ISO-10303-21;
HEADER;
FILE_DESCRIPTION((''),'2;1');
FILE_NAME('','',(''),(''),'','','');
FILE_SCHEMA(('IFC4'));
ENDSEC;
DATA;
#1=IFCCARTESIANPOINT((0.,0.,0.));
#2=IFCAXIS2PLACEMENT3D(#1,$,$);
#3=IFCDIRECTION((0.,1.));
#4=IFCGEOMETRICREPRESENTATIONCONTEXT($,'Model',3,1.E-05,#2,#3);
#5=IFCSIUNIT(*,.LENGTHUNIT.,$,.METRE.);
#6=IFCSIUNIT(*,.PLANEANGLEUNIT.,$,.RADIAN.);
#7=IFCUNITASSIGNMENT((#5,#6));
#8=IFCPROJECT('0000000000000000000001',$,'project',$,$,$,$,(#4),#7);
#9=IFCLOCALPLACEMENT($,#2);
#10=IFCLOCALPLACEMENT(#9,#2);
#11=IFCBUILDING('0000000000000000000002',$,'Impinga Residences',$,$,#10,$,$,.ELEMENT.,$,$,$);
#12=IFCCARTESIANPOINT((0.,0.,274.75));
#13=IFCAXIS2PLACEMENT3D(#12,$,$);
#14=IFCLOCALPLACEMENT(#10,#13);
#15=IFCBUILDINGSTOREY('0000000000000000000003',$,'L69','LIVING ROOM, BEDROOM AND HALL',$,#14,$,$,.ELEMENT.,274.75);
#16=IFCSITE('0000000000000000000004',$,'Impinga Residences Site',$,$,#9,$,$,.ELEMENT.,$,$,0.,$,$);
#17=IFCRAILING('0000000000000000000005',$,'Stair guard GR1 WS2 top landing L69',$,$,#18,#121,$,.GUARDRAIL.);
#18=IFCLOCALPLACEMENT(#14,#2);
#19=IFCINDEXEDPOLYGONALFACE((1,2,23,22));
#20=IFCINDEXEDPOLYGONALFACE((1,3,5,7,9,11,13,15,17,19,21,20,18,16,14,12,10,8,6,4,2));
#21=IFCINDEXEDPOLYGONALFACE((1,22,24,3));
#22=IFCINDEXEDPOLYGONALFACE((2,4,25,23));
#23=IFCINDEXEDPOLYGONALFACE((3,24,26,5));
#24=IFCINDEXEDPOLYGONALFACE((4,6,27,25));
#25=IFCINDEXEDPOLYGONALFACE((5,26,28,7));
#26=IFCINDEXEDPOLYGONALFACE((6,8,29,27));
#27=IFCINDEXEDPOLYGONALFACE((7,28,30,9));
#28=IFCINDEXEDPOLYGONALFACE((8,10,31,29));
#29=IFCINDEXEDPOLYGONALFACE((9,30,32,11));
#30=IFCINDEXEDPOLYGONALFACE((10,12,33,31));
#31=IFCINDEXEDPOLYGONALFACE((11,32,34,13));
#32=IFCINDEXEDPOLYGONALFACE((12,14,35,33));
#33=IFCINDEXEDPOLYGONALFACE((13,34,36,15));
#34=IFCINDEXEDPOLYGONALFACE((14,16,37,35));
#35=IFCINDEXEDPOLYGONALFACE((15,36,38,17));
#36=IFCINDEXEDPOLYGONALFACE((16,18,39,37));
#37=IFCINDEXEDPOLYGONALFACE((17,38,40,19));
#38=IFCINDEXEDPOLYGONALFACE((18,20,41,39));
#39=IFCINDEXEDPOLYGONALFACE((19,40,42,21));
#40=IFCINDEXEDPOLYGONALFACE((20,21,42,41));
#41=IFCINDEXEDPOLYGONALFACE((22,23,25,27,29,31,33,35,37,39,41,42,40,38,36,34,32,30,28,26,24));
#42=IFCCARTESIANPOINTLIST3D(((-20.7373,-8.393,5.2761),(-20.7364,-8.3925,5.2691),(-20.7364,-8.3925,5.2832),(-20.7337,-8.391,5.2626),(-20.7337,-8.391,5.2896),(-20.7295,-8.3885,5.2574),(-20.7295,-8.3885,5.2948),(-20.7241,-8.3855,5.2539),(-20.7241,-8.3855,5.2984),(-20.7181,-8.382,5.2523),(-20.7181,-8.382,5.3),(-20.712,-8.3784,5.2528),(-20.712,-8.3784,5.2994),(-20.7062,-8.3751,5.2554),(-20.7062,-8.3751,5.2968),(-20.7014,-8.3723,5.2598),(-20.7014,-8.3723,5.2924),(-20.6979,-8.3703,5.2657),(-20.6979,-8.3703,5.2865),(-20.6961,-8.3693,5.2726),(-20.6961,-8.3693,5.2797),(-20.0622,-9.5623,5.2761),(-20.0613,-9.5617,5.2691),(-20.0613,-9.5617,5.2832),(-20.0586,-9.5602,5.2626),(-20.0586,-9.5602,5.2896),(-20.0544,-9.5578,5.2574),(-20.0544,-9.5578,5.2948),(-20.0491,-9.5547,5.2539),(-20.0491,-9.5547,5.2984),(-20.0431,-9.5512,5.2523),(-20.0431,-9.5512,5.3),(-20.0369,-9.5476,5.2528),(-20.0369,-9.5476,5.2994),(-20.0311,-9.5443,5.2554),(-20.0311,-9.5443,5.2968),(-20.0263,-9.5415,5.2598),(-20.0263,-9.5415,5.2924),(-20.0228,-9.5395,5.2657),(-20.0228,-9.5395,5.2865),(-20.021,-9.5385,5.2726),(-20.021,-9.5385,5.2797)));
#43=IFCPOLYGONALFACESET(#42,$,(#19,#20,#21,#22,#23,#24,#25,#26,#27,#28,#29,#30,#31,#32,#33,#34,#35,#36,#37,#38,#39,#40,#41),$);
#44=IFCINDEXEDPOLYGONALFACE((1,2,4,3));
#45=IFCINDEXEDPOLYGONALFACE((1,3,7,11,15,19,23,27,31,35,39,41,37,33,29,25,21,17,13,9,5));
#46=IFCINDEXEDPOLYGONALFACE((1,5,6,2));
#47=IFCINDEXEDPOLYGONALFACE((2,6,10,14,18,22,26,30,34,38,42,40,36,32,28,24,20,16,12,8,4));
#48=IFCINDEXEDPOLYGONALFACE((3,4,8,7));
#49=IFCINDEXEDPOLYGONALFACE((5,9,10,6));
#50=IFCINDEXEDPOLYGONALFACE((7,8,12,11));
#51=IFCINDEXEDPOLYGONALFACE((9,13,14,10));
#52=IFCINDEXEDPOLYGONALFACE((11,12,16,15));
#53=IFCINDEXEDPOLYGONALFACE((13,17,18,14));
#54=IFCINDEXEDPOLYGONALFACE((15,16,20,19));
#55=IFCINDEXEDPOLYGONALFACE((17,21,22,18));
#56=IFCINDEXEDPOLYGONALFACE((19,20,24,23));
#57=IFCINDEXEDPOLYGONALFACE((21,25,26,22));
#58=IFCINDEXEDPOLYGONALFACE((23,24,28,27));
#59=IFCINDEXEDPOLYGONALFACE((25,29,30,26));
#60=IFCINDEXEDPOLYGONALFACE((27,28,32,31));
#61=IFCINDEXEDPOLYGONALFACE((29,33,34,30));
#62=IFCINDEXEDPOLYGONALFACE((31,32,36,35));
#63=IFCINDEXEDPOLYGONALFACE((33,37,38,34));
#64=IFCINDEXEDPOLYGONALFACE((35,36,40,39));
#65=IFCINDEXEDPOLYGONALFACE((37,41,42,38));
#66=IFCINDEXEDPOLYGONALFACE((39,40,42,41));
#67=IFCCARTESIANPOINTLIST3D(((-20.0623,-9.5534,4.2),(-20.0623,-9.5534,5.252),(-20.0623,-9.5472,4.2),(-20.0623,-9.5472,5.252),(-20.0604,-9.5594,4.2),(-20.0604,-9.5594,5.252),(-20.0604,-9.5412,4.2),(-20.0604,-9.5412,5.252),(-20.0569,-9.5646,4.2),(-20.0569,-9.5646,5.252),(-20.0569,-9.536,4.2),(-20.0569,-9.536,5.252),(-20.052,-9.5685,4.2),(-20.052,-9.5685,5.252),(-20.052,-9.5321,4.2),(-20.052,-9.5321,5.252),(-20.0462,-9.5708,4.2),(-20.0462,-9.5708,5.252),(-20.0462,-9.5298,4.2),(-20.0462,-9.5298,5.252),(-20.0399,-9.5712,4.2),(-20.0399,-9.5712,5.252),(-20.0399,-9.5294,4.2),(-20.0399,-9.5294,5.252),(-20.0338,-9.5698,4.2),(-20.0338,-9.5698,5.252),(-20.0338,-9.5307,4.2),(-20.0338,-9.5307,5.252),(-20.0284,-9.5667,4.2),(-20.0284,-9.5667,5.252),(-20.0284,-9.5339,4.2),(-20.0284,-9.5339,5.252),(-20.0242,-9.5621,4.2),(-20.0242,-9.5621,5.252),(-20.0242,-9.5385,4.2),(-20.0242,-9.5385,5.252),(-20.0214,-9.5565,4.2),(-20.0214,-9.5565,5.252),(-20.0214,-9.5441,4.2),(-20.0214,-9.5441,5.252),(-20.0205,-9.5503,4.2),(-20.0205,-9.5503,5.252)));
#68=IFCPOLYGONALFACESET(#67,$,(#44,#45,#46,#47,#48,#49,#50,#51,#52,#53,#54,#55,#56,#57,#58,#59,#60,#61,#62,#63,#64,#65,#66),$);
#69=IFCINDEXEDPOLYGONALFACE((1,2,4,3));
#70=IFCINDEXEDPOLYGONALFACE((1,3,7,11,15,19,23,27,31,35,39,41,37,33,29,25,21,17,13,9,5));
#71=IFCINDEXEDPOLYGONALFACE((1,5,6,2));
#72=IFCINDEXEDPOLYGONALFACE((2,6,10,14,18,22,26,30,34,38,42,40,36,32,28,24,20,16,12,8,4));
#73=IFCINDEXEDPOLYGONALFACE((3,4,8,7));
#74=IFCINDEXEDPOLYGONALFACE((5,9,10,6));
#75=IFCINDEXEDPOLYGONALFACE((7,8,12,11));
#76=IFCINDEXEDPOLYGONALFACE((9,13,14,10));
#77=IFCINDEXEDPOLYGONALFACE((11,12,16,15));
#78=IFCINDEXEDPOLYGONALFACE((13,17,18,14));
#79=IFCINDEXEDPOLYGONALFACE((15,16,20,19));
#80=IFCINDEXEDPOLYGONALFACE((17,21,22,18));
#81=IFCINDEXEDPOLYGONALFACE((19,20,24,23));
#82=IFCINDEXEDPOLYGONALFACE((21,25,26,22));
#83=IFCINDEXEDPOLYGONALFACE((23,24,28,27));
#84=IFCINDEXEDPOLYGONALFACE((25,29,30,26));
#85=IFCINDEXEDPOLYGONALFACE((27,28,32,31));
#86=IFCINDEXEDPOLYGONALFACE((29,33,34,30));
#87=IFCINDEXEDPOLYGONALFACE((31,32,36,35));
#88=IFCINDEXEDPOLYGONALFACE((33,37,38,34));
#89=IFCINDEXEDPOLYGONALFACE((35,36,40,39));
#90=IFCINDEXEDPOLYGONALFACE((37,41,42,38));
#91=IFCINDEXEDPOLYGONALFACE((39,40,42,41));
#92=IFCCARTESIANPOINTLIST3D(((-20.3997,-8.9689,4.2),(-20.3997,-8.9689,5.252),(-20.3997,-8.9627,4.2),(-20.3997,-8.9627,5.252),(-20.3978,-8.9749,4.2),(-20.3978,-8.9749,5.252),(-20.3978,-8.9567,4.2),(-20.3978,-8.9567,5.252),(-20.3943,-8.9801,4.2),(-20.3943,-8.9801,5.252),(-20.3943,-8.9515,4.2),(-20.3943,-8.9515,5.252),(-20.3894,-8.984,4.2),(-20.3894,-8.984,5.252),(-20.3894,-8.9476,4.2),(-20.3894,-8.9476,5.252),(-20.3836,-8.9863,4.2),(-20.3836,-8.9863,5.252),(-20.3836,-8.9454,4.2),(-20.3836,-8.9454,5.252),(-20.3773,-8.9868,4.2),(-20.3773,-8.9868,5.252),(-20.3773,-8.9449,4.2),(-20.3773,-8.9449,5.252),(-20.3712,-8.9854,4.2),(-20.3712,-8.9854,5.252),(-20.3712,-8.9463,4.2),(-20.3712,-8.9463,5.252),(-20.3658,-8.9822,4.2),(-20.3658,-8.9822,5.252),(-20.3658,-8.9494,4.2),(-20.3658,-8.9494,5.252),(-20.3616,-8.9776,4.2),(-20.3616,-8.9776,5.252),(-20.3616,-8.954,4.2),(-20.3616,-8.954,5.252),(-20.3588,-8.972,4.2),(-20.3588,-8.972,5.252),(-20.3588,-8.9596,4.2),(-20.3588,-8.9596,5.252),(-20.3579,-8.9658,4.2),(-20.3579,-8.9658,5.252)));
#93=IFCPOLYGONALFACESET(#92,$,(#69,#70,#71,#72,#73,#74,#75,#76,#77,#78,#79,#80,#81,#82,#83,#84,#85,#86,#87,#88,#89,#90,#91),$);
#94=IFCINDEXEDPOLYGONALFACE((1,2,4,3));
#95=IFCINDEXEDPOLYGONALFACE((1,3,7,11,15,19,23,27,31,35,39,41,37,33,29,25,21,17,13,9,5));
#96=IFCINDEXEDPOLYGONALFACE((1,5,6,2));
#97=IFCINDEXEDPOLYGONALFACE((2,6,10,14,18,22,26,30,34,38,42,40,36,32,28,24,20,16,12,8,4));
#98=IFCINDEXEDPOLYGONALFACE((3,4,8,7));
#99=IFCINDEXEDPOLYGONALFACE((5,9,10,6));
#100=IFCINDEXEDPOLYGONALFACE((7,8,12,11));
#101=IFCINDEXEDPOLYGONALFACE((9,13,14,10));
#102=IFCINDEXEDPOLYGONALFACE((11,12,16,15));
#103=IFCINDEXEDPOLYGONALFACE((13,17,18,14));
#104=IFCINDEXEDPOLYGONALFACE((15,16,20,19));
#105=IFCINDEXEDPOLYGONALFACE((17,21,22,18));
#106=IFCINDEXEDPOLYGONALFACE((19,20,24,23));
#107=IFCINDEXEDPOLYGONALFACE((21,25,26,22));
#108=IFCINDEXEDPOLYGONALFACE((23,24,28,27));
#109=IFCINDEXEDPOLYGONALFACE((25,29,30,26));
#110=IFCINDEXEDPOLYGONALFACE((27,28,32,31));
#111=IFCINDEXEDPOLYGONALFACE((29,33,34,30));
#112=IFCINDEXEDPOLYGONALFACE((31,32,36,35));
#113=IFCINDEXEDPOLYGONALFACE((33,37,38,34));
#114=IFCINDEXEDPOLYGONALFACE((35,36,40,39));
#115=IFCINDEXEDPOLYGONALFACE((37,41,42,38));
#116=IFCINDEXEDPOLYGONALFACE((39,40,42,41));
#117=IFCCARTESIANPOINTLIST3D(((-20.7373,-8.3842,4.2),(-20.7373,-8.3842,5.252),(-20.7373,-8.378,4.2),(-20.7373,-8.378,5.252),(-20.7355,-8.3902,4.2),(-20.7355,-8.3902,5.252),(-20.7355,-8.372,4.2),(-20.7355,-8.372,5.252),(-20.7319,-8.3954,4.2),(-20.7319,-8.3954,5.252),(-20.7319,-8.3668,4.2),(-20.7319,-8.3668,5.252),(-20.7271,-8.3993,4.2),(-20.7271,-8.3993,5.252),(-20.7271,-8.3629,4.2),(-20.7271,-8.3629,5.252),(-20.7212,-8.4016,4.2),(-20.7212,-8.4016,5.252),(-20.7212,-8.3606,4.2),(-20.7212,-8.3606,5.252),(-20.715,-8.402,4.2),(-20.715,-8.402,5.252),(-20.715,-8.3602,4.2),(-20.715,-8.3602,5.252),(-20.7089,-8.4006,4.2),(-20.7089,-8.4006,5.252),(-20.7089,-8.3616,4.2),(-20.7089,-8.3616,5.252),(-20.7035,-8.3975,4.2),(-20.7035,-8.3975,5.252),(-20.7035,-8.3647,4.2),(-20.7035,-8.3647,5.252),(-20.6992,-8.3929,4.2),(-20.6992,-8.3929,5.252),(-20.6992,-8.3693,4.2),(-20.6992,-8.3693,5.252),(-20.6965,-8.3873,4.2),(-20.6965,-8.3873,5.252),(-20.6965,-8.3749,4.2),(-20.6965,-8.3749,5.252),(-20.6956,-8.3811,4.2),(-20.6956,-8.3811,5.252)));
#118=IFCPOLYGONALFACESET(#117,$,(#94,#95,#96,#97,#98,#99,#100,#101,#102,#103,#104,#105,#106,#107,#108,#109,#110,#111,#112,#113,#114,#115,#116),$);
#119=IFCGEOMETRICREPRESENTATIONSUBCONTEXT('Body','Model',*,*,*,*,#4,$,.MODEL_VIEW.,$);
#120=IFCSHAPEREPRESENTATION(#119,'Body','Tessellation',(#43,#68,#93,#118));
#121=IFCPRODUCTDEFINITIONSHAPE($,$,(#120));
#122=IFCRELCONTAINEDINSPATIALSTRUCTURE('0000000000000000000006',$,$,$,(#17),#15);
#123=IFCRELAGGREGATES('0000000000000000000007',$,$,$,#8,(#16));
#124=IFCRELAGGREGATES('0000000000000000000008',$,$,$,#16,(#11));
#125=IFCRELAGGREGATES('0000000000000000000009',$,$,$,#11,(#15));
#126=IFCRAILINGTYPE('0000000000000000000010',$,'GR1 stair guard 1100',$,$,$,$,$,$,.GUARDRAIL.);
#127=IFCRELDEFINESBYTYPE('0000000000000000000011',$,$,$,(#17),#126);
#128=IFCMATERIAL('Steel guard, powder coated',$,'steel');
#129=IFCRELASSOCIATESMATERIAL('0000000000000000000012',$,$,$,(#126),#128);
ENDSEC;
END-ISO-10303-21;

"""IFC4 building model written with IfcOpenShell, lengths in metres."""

from ifc_helpers import new_model, si_unit, direction, frame, origin, origin_2d, place, context, subcontext, project, spatial, circle, extrude, material, type_object, element, save


model = new_model("IFC4")

# Units and contexts
model_context = context("Model", 3, precision=1e-05, world=origin(), true_north=direction((0.0, 1.0)))
body_context = subcontext(model_context, "Body", "Model", "MODEL_VIEW")
ifc_project = project(units=[si_unit("LENGTHUNIT", "METRE"), si_unit("PLANEANGLEUNIT", "RADIAN")], contexts=[model_context])

# Site, building, storey
site_placement = place(None, origin())
site = spatial("IfcSite", under=ifc_project, at=site_placement, Name="Impinga Residences Site", CompositionType="ELEMENT", RefElevation=0.0)
building_placement = place(site_placement, origin())
building = spatial("IfcBuilding", under=site, at=building_placement, Name="Impinga Residences", CompositionType="ELEMENT")
storey_placement = place(building_placement, frame((0.0, 0.0, 274.75)))
storey = spatial("IfcBuildingStorey", under=building, at=storey_placement, Name="L69", Description="LIVING ROOM, BEDROOM AND HALL", CompositionType="ELEMENT", Elevation=274.75)

# Railing
ifc_material_1 = material(Name="Steel guard, powder coated", Category="steel")
railing_type_1 = type_object("IfcRailingType", Name="GR1 stair guard 1100", PredefinedType="GUARDRAIL", material=ifc_material_1)
railing_1_placement = place(storey_placement, frame((-20.0415, -9.5503, 4.2)))
element("IfcRailing", 1, at=railing_1_placement, inside=storey, type_object=railing_type_1, Name="Stair guard GR1 WS2 top landing L69", PredefinedType="GUARDRAIL", context=body_context, shape_type="SweptSolid", body=[
    extrude(circle(Radius=0.0239, at=origin_2d()), frame((0.0, 0.0, 1.0762), z_axis=(-0.500009, 0.86602, 0.0), x_axis=(-0.86602, -0.500009, 0.0)), (0.0, 0.0, 1.0), 1.3501),
    extrude(circle(Radius=0.021, at=origin_2d()), origin(), (0.0, 0.0, 1.0), 1.052),
    extrude(circle(Radius=0.021, at=origin_2d()), frame((-0.3374, 0.5845, 0.0)), (0.0, 0.0, 1.0), 1.052),
    extrude(circle(Radius=0.021, at=origin_2d()), frame((-0.675, 1.1692, 0.0)), (0.0, 0.0, 1.0), 1.052),
])

save(model, "model.ifc")
